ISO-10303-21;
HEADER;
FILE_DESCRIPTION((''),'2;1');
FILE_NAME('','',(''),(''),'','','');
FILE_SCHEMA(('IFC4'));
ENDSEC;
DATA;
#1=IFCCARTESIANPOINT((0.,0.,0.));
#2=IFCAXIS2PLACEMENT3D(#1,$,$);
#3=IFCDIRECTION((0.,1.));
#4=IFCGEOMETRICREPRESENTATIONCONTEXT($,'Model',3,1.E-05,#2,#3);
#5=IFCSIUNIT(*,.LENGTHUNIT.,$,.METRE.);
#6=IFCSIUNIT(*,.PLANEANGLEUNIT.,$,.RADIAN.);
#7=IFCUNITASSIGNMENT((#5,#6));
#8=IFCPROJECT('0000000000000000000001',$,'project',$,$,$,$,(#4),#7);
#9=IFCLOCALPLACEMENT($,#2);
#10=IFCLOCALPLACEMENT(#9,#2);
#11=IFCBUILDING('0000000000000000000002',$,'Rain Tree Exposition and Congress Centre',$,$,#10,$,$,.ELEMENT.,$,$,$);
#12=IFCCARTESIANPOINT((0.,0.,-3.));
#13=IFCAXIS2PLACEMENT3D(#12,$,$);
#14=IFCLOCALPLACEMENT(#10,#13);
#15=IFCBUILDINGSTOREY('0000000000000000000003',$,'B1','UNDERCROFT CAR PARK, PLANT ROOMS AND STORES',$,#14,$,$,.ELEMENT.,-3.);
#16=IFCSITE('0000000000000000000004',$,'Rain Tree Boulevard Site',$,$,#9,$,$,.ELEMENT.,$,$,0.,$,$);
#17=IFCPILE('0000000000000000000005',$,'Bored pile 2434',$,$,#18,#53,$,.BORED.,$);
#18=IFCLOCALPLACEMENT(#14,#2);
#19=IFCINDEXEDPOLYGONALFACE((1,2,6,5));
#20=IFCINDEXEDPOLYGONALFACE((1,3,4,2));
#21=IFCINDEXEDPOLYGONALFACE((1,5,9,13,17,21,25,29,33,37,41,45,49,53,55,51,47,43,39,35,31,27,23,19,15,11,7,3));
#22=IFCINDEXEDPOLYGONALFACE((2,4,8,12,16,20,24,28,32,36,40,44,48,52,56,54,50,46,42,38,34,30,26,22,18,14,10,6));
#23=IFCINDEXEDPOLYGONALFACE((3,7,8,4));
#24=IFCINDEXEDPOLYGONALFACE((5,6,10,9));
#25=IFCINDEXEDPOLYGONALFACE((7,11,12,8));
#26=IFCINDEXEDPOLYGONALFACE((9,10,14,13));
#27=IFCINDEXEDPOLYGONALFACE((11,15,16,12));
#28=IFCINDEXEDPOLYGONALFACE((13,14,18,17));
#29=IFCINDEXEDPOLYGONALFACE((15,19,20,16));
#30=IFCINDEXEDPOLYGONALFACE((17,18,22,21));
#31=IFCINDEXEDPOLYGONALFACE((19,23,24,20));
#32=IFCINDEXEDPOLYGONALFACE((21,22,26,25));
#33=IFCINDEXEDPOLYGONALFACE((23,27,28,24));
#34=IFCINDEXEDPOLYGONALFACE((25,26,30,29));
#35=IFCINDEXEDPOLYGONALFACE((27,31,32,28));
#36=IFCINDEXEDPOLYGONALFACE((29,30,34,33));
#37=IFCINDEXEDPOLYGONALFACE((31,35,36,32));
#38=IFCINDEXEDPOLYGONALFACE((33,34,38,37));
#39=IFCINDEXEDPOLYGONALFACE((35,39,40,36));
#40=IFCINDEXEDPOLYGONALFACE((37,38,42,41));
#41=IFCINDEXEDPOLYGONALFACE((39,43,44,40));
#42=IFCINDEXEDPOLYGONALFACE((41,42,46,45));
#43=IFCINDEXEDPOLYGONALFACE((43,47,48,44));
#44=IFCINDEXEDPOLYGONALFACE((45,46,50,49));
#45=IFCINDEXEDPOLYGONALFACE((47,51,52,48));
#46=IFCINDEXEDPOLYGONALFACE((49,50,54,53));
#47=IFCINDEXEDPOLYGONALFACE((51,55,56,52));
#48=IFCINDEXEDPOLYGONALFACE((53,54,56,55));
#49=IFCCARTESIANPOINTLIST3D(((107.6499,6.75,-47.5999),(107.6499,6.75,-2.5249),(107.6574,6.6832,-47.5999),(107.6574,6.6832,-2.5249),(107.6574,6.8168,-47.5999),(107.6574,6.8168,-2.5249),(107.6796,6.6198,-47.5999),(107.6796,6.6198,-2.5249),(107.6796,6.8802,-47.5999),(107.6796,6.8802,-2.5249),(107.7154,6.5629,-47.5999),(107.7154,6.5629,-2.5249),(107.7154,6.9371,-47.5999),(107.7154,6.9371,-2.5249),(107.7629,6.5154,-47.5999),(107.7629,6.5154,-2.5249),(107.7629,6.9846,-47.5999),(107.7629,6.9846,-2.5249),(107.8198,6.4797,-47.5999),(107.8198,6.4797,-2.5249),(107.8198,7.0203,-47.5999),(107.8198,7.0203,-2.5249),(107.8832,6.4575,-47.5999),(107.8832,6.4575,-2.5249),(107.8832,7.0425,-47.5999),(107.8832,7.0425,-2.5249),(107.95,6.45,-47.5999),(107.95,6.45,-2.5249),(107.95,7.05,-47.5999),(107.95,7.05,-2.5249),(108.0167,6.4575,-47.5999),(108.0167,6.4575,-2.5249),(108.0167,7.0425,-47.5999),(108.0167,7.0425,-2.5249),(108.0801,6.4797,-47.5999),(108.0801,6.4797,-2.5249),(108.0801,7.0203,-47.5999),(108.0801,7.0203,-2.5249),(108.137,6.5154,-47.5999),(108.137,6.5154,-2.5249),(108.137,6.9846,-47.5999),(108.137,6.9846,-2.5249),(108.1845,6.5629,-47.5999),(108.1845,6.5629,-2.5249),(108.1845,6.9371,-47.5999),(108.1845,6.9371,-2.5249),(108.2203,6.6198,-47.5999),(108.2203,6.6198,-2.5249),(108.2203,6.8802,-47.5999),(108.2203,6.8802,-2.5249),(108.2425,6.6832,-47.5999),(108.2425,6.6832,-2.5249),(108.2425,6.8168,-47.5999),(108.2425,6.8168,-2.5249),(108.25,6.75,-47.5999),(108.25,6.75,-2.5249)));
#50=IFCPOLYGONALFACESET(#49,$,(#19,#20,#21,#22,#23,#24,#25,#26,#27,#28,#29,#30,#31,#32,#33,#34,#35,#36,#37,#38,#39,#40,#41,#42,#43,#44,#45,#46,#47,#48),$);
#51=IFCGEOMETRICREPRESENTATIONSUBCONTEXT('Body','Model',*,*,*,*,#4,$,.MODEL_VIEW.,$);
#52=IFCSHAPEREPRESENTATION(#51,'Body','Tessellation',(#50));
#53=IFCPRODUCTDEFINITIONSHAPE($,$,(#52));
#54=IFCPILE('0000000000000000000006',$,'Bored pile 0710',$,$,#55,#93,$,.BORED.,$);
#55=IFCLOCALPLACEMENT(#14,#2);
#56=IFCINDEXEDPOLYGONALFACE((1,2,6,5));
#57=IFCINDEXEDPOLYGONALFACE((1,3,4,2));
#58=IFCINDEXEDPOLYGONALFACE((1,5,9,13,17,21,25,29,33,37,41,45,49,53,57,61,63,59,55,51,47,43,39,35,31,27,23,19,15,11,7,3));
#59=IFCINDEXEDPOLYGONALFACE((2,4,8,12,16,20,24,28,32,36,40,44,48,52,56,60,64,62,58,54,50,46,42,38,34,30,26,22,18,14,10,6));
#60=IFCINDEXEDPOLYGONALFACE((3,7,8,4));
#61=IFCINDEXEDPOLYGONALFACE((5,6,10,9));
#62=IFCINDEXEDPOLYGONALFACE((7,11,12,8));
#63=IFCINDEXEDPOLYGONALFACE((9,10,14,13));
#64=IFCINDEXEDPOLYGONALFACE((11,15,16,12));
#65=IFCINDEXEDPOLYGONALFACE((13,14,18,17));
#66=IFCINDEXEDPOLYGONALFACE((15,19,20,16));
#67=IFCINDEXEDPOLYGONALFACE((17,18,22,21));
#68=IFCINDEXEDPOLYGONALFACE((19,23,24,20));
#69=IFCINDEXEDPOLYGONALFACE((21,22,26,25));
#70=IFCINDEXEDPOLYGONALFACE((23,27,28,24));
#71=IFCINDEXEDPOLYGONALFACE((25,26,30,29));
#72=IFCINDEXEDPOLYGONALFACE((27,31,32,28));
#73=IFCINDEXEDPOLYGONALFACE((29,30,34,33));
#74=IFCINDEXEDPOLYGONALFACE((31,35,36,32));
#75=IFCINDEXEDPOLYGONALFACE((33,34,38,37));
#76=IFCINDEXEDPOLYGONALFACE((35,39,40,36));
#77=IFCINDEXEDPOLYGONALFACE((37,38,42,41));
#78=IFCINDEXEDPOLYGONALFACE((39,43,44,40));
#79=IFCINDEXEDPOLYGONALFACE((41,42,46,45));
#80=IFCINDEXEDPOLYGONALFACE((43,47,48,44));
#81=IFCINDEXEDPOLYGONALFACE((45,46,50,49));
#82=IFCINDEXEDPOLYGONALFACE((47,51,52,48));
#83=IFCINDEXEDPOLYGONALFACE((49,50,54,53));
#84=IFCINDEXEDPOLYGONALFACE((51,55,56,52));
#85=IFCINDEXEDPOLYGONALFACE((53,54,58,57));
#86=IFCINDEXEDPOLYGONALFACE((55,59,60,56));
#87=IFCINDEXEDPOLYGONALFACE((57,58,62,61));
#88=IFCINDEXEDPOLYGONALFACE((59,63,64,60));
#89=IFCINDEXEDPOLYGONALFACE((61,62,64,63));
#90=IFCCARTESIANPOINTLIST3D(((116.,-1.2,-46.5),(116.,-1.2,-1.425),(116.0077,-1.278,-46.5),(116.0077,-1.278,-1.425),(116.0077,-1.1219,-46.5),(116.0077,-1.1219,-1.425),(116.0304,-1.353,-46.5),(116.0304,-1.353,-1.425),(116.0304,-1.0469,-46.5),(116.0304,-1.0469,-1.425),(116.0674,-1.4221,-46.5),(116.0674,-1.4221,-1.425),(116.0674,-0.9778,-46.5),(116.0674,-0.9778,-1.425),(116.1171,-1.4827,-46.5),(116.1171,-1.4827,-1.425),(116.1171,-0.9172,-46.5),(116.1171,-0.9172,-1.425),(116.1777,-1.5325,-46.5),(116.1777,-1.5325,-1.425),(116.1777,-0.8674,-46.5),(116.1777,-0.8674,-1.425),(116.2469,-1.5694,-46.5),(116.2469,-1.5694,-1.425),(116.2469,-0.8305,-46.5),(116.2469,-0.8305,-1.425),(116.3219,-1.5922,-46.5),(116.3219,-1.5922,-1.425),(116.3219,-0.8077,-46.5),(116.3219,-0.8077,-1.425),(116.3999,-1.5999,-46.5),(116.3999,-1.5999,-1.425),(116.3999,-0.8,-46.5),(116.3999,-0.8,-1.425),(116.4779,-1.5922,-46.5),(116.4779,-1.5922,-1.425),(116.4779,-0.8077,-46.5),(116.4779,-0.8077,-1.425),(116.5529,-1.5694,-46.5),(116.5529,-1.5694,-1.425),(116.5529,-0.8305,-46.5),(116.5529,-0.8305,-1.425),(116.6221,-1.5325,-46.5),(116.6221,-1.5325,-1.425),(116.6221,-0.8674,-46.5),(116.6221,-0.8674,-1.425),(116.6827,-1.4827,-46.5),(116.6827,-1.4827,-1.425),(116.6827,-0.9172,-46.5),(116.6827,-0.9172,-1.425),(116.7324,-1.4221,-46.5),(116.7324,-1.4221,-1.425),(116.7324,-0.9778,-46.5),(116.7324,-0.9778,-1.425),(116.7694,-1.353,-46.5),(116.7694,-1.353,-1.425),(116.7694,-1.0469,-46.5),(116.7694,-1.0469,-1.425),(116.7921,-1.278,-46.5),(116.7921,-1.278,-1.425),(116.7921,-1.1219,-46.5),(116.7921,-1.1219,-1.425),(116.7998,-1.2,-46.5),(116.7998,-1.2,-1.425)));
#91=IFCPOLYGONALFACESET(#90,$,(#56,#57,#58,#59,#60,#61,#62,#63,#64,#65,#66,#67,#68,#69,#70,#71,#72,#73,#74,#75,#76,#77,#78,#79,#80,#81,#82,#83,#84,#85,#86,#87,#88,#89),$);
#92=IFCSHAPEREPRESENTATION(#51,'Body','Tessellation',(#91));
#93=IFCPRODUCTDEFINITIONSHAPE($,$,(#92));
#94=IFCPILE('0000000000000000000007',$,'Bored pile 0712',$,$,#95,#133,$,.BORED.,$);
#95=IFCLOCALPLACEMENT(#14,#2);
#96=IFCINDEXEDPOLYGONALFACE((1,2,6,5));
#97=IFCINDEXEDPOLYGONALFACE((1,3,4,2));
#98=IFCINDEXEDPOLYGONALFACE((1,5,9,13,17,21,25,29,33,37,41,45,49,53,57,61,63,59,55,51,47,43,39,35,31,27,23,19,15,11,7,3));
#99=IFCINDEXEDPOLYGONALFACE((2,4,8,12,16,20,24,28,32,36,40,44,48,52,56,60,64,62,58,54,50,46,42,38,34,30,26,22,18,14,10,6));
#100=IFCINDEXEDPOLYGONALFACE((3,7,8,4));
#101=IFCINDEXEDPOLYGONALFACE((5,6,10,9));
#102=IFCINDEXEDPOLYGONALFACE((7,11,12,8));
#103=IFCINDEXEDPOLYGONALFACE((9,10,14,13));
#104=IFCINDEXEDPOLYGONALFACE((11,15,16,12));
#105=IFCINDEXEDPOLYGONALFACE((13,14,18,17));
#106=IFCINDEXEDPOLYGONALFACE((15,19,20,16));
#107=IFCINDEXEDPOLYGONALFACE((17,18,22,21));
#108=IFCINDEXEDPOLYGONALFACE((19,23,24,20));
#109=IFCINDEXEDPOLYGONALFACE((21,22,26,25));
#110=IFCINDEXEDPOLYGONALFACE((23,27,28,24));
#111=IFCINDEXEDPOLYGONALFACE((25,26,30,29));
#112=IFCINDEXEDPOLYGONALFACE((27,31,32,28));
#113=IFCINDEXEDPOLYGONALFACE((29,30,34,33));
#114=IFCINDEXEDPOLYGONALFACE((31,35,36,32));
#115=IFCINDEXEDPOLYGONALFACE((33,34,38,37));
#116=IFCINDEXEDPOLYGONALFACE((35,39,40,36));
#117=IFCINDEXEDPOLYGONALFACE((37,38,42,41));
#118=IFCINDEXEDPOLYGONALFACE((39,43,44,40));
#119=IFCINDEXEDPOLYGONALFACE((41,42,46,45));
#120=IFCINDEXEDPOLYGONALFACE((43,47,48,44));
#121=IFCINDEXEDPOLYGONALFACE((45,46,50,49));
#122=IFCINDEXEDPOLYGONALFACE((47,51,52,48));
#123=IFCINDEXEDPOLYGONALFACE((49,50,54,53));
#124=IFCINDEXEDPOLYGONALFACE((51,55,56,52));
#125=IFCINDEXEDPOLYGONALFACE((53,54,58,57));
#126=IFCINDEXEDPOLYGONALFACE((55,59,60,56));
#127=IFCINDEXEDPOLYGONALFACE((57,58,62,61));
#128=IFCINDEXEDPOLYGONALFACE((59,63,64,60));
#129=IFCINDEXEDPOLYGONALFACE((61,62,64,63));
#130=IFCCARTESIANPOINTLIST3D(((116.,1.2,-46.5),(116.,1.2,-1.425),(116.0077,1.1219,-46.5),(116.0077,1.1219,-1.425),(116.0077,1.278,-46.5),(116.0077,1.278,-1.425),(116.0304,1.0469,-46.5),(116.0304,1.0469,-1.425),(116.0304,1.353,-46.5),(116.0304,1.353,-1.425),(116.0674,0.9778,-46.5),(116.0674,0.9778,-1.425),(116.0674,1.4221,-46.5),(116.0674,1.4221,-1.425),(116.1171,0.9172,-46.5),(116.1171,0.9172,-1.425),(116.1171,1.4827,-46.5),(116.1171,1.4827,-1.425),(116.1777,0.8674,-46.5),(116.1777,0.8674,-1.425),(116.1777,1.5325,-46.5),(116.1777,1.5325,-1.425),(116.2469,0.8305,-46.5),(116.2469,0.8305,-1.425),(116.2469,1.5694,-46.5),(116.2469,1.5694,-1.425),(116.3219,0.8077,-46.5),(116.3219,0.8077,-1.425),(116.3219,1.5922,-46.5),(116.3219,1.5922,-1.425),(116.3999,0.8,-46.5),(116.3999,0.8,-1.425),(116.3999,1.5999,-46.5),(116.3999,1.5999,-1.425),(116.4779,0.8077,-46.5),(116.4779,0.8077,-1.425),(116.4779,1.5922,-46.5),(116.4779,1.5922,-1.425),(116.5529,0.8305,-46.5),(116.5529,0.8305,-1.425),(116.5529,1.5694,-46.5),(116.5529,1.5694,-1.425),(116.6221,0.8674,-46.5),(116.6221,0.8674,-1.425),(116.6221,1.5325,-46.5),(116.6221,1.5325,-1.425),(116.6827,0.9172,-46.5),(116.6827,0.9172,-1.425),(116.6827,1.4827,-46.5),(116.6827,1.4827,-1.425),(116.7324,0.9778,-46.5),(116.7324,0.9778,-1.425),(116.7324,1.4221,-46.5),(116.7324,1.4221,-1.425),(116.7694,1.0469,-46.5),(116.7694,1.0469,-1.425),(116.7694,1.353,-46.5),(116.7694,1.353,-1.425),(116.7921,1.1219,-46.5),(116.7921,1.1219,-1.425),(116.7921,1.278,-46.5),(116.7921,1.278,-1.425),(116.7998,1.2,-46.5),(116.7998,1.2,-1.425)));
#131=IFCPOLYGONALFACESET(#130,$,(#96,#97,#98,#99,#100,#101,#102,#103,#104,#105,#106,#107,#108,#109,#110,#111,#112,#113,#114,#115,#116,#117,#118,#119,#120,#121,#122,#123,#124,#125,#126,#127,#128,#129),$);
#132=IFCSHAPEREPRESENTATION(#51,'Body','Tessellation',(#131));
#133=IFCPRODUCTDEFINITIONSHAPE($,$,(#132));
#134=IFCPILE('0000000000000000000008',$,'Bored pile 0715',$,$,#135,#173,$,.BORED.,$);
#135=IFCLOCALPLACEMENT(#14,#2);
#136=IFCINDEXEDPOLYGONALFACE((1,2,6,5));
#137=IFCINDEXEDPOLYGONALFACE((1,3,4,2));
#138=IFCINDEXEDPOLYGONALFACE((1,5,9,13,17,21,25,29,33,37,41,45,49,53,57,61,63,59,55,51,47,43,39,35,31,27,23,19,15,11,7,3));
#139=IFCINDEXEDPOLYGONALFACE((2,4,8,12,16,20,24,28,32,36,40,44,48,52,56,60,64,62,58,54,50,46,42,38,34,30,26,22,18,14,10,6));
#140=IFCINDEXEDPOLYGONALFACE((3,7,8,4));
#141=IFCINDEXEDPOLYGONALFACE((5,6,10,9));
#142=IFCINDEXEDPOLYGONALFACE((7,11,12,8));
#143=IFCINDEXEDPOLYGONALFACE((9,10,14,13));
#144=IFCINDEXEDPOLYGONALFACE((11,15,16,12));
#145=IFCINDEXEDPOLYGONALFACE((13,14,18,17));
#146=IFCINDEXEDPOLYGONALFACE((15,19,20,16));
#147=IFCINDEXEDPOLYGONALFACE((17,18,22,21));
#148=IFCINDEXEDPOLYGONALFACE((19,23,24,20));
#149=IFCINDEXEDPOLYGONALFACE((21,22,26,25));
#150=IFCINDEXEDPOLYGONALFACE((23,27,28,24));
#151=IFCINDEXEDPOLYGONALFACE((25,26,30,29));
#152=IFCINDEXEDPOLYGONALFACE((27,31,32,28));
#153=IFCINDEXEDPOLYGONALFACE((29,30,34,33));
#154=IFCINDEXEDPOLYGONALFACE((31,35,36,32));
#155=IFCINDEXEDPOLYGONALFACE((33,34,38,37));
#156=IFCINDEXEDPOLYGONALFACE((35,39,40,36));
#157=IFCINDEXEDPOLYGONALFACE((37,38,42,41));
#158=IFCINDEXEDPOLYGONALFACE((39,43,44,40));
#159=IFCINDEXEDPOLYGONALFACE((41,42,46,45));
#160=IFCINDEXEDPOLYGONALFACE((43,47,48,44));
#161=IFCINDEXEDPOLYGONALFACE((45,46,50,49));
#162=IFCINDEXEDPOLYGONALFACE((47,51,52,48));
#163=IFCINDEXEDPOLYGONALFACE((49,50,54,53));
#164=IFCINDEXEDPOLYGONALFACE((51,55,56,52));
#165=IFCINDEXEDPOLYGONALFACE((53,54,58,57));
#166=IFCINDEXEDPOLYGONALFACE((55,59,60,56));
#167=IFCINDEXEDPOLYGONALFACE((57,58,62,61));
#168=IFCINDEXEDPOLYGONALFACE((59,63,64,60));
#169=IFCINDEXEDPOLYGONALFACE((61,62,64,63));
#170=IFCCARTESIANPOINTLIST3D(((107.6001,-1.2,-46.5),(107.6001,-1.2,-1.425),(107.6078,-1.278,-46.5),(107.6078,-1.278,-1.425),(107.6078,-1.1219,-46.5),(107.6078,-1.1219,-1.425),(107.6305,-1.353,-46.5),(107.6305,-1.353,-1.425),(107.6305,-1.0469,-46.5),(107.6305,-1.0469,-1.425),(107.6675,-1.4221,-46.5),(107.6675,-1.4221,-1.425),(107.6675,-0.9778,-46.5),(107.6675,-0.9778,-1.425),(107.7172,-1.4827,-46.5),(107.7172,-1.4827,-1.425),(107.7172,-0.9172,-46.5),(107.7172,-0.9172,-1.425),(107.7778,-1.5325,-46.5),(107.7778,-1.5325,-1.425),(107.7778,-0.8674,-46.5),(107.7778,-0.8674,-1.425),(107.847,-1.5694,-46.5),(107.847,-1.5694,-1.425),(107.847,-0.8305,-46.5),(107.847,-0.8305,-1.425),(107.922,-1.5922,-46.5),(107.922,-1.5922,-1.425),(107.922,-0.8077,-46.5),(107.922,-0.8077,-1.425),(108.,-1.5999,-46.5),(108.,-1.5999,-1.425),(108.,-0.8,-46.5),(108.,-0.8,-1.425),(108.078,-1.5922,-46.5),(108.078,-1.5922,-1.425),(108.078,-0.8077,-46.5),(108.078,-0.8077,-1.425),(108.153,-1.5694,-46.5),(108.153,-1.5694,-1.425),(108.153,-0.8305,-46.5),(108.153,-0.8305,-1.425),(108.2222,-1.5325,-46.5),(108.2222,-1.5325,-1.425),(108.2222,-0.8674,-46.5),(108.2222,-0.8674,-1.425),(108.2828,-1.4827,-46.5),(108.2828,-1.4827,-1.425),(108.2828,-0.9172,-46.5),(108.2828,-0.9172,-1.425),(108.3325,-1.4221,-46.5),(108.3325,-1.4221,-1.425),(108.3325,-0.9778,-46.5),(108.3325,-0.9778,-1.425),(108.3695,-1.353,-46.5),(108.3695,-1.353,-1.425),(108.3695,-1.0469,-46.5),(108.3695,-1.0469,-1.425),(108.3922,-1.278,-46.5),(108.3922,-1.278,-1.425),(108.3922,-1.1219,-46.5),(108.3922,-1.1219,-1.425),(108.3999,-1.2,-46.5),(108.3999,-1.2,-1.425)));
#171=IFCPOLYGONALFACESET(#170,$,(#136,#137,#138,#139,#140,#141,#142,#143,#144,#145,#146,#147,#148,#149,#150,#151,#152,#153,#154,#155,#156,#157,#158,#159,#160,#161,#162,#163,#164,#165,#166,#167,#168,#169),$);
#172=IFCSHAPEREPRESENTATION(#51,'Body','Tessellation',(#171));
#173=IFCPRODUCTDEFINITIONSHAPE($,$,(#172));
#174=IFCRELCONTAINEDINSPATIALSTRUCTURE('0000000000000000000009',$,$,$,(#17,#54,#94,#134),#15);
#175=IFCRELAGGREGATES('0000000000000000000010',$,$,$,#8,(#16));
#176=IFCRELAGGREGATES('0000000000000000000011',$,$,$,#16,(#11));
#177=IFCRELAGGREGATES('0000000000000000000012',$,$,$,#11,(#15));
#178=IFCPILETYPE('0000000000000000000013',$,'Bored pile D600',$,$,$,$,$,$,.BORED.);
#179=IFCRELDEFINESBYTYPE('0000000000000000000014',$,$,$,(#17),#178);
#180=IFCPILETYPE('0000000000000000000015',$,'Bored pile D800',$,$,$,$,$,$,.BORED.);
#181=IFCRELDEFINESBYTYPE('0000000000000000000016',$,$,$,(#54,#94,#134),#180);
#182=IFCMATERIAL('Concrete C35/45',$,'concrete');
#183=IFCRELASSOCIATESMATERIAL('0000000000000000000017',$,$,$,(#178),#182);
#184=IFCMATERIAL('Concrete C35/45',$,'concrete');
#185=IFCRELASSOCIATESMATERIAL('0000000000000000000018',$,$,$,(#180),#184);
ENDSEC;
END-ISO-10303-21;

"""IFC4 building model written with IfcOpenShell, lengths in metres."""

from ifc_helpers import new_model, si_unit, direction, frame, origin, origin_2d, place, context, subcontext, project, spatial, circle, extrude, material, material_profile, profile_set, type_object, element, save


model = new_model("IFC4")

# Units and contexts
model_context = context("Model", 3, precision=1e-05, world=origin(), true_north=direction((0.0, 1.0)))
body_context = subcontext(model_context, "Body", "Model", "MODEL_VIEW")
ifc_project = project(units=[si_unit("LENGTHUNIT", "METRE"), si_unit("PLANEANGLEUNIT", "RADIAN")], contexts=[model_context])

# Site, building, storey
site_placement = place(None, origin())
site = spatial("IfcSite", under=ifc_project, at=site_placement, Name="Rain Tree Boulevard Site", CompositionType="ELEMENT", RefElevation=0.0)
building_placement = place(site_placement, origin())
building = spatial("IfcBuilding", under=site, at=building_placement, Name="Rain Tree Exposition and Congress Centre", CompositionType="ELEMENT")
storey_placement = place(building_placement, frame((0.0, 0.0, -3.0)))
storey = spatial("IfcBuildingStorey", under=building, at=storey_placement, Name="B1", Description="UNDERCROFT CAR PARK, PLANT ROOMS AND STORES", CompositionType="ELEMENT", Elevation=-3.0)

# Piles
ifc_material_1 = material(Name="Concrete C35/45", Category="concrete")
ifc_material_profile_1 = material_profile(ifc_material_1, circle(Radius=0.3, at=origin_2d()), Name="D600")
ifc_profile_set_1 = profile_set([ifc_material_profile_1], Name="Concrete C35/45")
pile_type_1 = type_object("IfcPileType", Name="Bored pile D600", PredefinedType="BORED", material=ifc_profile_set_1)
for number, where, z_axis, x_axis, name in (
    (1, (107.95, 6.75, -2.5249), (0.0, 0.0, -1.0), (1.0, 0.0, 0.0), "Bored pile 2434"),
):
    element("IfcPile", number, at=place(storey_placement, frame(where, z_axis=z_axis, x_axis=x_axis)), inside=storey, type_object=pile_type_1, Name=name, PredefinedType="BORED", context=body_context, shape_type="SweptSolid", body=[
        extrude(circle(Radius=0.3, at=origin_2d()), origin(), (0.0, 0.0, 1.0), 45.075),
    ])
ifc_material_2 = material(Name="Concrete C35/45", Category="concrete")
ifc_material_profile_2 = material_profile(ifc_material_2, circle(Radius=0.3999, at=origin_2d()), Name="D800")
ifc_profile_set_2 = profile_set([ifc_material_profile_2], Name="Concrete C35/45")
pile_type_2 = type_object("IfcPileType", Name="Bored pile D800", PredefinedType="BORED", material=ifc_profile_set_2)
for number, where, z_axis, x_axis, name in (
    (2, (116.3999, -1.2, -1.425), (0.0, 0.0, -1.0), (1.0, 0.0, 0.0), "Bored pile 0710"),
    (3, (116.3999, 1.2, -1.425), (0.0, 0.0, -1.0), (1.0, 0.0, 0.0), "Bored pile 0712"),
    (4, (108.0, -1.2, -1.425), (0.0, 0.0, -1.0), (1.0, 0.0, 0.0), "Bored pile 0715"),
):
    element("IfcPile", number, at=place(storey_placement, frame(where, z_axis=z_axis, x_axis=x_axis)), inside=storey, type_object=pile_type_2, Name=name, PredefinedType="BORED", context=body_context, shape_type="SweptSolid", body=[
        extrude(circle(Radius=0.3999, at=origin_2d()), origin(), (0.0, 0.0, 1.0), 45.075),
    ])

save(model, "model.ifc")
